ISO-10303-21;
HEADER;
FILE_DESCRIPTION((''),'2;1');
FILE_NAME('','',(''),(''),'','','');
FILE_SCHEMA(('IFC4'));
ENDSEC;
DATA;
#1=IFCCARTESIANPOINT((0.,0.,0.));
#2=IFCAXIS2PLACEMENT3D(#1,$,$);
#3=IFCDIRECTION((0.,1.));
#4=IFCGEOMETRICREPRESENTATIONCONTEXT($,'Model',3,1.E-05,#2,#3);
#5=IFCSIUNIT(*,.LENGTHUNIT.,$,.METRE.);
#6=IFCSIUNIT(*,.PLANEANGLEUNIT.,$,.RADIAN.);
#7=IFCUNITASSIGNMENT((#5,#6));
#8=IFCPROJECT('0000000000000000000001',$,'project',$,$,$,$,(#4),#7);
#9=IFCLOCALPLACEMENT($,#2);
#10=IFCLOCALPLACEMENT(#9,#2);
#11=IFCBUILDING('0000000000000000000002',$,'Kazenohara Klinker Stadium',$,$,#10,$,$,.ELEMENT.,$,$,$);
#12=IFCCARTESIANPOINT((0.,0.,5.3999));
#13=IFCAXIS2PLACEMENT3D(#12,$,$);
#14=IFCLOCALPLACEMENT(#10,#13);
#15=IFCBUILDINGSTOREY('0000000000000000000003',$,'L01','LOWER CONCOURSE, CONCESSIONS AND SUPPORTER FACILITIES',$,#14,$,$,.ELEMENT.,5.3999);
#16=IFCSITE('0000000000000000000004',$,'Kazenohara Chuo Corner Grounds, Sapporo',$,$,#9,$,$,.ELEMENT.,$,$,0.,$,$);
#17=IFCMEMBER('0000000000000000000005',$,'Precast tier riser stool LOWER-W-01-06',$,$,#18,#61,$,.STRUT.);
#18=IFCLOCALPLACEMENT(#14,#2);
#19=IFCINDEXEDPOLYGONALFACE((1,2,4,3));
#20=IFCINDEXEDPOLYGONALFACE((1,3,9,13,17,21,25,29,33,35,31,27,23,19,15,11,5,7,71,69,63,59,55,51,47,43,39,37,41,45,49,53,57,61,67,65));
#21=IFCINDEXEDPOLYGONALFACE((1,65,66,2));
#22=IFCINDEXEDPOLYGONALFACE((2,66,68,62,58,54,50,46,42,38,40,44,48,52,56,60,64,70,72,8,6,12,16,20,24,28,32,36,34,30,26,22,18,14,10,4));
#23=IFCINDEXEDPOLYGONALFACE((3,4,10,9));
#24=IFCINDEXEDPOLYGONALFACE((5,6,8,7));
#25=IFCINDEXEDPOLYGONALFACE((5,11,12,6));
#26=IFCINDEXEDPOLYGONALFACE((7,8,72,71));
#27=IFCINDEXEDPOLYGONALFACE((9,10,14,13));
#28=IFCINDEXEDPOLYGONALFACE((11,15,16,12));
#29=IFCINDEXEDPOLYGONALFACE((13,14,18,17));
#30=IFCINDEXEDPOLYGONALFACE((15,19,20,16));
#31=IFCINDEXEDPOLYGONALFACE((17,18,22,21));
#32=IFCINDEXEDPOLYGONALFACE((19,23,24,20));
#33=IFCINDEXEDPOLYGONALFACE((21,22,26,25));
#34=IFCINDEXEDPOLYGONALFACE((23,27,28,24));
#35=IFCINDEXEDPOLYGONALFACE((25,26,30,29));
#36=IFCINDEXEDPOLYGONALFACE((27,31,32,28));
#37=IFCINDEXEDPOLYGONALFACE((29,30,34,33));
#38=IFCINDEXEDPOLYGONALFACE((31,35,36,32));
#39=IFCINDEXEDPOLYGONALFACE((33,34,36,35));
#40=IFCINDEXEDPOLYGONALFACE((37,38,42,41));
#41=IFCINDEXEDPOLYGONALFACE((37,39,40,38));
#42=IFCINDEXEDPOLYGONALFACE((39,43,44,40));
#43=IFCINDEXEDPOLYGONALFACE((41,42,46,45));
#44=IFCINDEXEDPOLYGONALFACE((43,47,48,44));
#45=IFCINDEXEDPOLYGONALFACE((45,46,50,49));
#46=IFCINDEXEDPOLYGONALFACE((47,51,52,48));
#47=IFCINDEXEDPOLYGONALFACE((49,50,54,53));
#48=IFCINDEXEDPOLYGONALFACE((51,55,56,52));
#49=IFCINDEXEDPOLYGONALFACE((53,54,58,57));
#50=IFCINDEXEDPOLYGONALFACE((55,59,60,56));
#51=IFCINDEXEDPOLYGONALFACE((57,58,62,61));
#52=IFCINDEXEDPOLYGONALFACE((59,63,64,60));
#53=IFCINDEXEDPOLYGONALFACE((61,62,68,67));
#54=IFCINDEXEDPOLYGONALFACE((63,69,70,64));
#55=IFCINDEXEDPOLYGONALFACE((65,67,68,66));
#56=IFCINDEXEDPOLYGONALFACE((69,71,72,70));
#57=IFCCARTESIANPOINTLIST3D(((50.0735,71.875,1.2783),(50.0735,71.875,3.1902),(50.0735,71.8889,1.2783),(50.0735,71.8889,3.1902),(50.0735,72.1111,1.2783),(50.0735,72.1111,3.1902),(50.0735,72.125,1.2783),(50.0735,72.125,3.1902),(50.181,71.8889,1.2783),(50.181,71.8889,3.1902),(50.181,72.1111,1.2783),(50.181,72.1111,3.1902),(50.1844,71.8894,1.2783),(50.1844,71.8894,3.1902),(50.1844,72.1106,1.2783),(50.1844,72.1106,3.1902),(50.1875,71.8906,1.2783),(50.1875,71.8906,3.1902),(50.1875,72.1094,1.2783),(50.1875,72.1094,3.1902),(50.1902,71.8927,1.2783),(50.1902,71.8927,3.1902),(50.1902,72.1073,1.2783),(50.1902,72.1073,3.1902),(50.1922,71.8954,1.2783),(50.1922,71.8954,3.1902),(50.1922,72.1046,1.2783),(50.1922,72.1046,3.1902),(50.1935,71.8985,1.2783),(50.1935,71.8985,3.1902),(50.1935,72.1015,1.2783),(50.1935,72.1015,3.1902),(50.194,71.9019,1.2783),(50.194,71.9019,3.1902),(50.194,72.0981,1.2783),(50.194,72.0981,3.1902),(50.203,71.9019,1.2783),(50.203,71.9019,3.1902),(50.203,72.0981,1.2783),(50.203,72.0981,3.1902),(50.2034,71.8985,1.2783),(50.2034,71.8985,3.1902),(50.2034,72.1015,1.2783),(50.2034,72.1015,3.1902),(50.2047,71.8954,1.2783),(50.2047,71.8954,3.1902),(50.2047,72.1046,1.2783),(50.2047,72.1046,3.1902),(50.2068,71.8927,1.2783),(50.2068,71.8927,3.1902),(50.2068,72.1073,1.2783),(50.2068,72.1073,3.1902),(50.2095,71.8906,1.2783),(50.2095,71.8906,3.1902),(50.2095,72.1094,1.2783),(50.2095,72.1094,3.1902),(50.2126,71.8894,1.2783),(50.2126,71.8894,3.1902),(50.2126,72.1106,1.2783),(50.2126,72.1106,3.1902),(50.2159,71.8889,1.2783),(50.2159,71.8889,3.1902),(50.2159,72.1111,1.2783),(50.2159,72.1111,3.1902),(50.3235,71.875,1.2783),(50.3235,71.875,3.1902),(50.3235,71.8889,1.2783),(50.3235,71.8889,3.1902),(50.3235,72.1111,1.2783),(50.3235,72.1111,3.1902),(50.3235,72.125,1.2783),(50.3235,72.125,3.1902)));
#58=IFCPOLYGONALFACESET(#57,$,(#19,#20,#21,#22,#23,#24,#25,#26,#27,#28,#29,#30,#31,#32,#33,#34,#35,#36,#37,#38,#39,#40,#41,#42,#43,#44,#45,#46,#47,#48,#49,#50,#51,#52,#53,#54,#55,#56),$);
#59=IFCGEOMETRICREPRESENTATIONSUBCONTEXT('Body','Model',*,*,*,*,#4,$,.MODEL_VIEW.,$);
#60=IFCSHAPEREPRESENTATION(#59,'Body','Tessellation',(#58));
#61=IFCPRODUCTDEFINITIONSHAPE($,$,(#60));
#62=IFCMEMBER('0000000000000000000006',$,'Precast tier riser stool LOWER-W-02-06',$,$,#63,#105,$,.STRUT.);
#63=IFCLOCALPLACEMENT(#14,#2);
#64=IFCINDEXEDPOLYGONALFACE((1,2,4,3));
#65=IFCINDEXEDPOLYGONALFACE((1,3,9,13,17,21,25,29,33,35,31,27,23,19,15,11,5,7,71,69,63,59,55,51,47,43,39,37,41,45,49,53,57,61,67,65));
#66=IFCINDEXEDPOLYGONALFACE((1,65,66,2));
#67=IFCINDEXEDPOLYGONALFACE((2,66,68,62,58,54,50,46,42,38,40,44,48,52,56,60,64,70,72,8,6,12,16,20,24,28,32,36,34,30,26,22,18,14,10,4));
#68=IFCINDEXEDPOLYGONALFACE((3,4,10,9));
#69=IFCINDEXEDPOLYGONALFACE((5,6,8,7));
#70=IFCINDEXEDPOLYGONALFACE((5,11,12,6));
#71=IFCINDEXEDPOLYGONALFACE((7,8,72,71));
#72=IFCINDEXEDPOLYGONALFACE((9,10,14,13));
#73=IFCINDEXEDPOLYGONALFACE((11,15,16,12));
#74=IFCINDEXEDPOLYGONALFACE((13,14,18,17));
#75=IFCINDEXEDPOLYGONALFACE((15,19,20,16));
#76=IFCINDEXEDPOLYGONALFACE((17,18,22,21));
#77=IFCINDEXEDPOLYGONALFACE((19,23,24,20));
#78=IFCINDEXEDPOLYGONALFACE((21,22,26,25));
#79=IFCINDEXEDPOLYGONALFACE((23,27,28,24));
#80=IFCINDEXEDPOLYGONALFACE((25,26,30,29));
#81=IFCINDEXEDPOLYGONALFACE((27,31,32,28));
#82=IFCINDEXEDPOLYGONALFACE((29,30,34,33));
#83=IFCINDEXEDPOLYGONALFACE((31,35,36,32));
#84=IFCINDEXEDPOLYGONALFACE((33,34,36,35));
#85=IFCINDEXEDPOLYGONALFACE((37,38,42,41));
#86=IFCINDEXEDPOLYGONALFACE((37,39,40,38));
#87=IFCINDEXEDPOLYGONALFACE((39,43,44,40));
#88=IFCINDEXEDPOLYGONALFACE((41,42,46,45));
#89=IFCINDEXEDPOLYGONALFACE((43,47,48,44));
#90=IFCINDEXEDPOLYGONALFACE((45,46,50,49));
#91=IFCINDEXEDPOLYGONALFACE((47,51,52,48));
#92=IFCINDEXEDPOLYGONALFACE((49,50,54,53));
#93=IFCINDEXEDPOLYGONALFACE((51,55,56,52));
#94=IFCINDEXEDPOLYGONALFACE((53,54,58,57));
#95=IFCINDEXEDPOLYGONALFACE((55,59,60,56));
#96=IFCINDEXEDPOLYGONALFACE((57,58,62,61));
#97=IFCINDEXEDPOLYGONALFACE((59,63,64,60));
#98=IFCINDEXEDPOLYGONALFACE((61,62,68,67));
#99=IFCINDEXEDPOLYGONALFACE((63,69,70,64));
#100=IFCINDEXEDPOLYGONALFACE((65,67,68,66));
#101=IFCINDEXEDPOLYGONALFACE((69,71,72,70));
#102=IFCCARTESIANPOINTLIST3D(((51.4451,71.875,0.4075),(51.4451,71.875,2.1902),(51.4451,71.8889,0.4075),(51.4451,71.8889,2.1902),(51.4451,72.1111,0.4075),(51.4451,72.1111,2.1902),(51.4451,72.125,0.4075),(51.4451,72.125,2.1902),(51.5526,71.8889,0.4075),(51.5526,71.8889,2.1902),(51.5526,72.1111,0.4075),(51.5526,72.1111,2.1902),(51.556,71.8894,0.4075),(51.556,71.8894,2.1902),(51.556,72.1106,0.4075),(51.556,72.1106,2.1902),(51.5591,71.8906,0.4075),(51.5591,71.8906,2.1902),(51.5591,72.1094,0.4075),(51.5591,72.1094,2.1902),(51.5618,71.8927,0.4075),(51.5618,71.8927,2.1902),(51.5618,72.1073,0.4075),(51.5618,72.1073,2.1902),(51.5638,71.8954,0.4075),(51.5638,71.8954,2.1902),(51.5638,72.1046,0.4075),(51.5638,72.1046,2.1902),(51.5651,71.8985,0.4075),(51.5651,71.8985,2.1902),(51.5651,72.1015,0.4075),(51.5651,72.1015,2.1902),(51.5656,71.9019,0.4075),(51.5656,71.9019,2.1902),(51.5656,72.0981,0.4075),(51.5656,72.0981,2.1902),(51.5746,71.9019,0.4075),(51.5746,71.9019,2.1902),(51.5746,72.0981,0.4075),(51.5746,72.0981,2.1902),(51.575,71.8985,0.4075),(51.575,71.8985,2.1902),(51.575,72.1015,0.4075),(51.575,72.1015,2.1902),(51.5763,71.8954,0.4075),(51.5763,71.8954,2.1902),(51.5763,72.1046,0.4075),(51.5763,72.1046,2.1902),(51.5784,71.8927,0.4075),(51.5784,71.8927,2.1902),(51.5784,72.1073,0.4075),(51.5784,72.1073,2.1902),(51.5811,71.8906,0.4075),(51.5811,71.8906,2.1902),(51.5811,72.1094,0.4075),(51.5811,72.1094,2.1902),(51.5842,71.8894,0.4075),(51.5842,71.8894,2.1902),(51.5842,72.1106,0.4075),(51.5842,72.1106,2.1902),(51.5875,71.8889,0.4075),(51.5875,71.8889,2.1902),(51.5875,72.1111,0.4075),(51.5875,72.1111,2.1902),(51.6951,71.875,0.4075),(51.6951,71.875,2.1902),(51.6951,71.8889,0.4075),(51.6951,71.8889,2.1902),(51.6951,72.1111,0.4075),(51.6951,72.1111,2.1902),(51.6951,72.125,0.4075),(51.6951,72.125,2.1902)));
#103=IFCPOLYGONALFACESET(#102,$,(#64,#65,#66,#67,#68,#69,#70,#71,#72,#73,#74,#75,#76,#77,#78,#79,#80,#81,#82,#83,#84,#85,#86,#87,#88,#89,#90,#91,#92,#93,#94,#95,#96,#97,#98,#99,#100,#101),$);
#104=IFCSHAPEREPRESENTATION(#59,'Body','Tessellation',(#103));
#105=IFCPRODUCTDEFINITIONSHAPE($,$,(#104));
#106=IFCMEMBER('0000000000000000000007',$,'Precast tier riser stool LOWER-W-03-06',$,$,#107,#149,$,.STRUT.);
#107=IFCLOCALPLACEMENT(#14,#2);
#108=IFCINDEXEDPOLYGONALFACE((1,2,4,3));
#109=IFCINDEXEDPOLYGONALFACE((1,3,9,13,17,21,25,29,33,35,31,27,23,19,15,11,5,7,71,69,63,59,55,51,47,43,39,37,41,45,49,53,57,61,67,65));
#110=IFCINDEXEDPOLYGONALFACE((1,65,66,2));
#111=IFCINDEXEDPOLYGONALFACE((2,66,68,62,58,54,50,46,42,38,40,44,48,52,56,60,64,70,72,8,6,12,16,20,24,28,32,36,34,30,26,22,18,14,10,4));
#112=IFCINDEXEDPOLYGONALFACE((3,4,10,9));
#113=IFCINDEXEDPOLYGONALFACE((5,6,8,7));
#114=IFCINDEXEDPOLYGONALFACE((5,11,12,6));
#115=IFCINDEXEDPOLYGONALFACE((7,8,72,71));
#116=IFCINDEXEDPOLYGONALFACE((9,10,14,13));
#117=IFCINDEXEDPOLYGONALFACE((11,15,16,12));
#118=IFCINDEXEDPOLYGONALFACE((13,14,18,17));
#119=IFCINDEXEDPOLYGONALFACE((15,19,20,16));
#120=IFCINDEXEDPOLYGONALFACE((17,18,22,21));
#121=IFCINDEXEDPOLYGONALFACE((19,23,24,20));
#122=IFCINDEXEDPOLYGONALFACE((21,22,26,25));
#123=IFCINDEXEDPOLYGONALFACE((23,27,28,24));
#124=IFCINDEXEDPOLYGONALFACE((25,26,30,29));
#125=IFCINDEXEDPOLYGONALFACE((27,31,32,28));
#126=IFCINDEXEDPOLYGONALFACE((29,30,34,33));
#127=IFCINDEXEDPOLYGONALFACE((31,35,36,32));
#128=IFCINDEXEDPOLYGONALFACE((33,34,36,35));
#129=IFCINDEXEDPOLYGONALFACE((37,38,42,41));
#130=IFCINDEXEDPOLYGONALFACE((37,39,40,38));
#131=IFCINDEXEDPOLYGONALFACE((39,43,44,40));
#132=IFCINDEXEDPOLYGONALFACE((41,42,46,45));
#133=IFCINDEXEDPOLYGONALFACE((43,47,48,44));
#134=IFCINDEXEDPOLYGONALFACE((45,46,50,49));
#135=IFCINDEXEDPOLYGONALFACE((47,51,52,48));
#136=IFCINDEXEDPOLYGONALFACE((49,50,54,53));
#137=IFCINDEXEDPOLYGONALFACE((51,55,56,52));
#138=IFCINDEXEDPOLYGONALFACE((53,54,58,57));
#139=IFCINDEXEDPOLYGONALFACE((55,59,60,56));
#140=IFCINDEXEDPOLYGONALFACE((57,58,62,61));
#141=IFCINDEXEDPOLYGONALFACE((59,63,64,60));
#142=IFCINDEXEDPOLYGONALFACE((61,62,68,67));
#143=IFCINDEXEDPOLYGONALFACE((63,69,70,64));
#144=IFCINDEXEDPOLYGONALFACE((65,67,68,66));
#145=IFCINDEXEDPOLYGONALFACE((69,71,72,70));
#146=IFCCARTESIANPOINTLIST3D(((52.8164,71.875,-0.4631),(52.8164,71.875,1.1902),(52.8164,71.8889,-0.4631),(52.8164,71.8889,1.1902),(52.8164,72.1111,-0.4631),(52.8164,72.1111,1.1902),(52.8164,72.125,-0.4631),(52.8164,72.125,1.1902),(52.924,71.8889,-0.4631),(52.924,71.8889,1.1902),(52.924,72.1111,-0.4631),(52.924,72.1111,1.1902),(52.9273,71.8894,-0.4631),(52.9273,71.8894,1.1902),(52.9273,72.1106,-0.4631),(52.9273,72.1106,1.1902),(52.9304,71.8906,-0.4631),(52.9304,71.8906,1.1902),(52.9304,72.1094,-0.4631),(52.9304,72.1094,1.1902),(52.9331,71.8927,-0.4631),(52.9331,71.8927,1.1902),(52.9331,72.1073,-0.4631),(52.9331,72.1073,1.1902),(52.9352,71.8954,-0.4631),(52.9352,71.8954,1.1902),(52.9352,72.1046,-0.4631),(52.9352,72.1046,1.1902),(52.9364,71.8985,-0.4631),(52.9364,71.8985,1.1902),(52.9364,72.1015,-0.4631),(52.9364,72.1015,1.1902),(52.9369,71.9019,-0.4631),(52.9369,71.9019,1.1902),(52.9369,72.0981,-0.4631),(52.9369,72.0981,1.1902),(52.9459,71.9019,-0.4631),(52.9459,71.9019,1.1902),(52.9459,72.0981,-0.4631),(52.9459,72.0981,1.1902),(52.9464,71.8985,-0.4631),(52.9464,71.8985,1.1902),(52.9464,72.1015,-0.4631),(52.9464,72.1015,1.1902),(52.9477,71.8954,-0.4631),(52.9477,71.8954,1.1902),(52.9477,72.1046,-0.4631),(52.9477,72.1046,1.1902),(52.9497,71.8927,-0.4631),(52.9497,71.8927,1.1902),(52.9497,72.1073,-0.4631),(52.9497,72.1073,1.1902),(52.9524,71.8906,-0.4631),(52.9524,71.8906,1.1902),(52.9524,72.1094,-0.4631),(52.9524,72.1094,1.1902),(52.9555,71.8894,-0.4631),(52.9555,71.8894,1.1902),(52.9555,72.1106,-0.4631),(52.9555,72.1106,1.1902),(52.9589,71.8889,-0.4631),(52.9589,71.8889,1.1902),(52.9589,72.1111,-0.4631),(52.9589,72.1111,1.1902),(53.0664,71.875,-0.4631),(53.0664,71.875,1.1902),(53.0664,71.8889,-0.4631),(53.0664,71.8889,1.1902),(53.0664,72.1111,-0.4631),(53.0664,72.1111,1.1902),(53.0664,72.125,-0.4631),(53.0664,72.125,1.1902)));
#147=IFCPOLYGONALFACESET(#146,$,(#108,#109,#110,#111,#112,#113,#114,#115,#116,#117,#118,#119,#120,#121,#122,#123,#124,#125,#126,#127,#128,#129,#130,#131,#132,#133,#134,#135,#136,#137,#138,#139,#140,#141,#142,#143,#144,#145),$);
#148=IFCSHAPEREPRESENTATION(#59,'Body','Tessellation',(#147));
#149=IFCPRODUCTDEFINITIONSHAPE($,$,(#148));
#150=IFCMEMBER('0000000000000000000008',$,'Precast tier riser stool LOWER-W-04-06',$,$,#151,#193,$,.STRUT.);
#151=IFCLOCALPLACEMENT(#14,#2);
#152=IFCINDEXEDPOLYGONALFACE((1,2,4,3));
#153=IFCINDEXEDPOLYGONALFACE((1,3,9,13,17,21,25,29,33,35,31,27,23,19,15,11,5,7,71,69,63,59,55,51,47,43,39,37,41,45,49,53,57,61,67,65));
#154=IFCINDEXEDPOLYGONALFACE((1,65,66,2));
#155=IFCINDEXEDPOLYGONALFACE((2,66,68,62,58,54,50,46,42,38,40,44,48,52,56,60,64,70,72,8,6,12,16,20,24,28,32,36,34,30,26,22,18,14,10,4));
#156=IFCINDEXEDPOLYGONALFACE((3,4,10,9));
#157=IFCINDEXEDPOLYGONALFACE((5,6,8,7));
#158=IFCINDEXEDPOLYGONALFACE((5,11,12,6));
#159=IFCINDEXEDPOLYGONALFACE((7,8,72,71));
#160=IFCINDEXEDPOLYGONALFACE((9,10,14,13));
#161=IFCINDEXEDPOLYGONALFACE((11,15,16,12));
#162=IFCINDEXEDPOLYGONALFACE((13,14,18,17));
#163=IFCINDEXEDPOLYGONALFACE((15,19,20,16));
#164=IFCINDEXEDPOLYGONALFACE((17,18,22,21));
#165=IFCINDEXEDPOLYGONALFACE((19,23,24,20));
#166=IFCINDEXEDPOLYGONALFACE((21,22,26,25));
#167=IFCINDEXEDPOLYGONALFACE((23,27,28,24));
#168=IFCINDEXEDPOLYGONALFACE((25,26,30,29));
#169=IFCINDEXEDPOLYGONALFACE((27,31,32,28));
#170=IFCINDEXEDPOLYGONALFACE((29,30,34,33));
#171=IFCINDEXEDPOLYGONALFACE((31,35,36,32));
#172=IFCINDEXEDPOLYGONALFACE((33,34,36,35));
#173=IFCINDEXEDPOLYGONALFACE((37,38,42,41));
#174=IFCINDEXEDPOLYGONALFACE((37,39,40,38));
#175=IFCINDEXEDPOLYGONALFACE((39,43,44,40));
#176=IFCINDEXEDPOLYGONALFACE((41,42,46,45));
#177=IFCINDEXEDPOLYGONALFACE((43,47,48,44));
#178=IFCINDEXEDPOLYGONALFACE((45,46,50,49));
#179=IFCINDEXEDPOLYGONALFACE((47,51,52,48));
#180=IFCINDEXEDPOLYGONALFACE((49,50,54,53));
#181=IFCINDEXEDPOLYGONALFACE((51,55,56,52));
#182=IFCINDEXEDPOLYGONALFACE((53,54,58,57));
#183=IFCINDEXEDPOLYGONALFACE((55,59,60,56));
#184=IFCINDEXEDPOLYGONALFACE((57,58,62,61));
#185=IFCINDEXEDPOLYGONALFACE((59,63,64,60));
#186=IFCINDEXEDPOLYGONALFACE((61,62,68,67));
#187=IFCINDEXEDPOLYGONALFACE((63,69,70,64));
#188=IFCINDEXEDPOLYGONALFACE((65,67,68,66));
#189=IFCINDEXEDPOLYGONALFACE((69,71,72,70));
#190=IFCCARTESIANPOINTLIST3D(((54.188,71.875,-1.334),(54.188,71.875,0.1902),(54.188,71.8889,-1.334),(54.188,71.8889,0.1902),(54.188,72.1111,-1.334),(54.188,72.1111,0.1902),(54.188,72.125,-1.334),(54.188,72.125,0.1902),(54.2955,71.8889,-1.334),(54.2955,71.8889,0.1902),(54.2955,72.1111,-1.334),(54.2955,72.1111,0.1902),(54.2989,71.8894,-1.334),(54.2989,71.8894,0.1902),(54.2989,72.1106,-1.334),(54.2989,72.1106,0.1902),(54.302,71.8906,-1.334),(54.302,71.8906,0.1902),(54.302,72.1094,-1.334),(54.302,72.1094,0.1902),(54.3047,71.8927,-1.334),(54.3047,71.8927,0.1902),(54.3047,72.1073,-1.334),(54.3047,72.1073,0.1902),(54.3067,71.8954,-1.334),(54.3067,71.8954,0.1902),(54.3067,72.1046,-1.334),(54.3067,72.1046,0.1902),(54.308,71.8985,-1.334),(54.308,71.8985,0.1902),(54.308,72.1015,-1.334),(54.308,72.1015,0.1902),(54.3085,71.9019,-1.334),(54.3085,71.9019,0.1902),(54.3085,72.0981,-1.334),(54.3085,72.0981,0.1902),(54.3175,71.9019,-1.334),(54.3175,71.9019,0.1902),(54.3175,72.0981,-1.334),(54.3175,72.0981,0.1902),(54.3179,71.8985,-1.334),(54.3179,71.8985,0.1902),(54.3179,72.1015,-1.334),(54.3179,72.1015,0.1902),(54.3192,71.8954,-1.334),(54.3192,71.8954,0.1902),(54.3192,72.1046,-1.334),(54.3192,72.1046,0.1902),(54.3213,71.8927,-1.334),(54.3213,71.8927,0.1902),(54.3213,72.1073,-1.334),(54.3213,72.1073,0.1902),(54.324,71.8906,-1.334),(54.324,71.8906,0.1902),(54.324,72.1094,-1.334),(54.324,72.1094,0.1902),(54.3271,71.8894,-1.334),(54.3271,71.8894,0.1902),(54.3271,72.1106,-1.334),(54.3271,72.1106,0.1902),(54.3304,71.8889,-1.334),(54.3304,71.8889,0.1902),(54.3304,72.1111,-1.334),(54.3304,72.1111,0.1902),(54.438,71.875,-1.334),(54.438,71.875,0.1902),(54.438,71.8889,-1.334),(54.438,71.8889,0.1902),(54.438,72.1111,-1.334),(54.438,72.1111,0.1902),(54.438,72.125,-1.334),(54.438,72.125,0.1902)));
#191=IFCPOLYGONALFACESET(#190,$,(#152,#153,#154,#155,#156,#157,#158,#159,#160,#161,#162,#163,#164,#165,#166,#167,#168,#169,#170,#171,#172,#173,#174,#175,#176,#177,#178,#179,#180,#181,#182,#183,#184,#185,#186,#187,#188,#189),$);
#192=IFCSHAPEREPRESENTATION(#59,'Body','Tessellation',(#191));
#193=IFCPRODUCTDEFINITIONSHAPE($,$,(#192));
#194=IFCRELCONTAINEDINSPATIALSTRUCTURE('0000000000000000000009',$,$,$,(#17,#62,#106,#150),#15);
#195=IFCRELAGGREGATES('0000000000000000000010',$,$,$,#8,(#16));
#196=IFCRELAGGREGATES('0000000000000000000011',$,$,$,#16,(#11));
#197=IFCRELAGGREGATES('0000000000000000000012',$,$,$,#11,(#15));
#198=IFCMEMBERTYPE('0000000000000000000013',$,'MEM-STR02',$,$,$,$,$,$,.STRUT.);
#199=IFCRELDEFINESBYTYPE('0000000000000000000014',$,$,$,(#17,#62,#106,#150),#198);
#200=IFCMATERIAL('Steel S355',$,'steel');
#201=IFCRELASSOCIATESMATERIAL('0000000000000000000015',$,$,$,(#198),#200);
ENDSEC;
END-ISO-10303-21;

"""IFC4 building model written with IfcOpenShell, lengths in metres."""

from ifc_helpers import new_model, si_unit, direction, frame, origin, origin_2d, place, context, subcontext, project, spatial, i_section, extrude, material, material_profile, profile_set, type_object, element, save


model = new_model("IFC4")

# Units and contexts
model_context = context("Model", 3, precision=1e-05, world=origin(), true_north=direction((0.0, 1.0)))
body_context = subcontext(model_context, "Body", "Model", "MODEL_VIEW")
ifc_project = project(units=[si_unit("LENGTHUNIT", "METRE"), si_unit("PLANEANGLEUNIT", "RADIAN")], contexts=[model_context])

# Site, building, storey
site_placement = place(None, origin())
site = spatial("IfcSite", under=ifc_project, at=site_placement, Name="Kazenohara Chuo Corner Grounds, Sapporo", CompositionType="ELEMENT", RefElevation=0.0)
building_placement = place(site_placement, origin())
building = spatial("IfcBuilding", under=site, at=building_placement, Name="Kazenohara Klinker Stadium", CompositionType="ELEMENT")
storey_placement = place(building_placement, frame((0.0, 0.0, 5.3999)))
storey = spatial("IfcBuildingStorey", under=building, at=storey_placement, Name="L01", Description="LOWER CONCOURSE, CONCESSIONS AND SUPPORTER FACILITIES", CompositionType="ELEMENT", Elevation=5.3999)

# Shared definitions
ifc_material_1 = material(Name="Steel S355", Category="steel")

# Members
ifc_material_profile_1 = material_profile(ifc_material_1, i_section(OverallWidth=0.25, OverallDepth=0.25, WebThickness=0.009, FlangeThickness=0.0139, FilletRadius=0.0129, at=origin_2d()), Name="H-250x250x9x14")
ifc_profile_set_1 = profile_set([ifc_material_profile_1], Name="Steel S355")
member_type_1 = type_object("IfcMemberType", Name="MEM-STR02", PredefinedType="STRUT", material=ifc_profile_set_1)
member_1_placement = place(storey_placement, frame((50.1985, 72.0, 1.2783), z_axis=(0.0, 0.0, 1.0), x_axis=(1.0, 0.0, 0.0)))
element("IfcMember", 1, at=member_1_placement, inside=storey, type_object=member_type_1, Name="Precast tier riser stool LOWER-W-01-06", PredefinedType="STRUT", context=body_context, shape_type="SweptSolid", body=[
    extrude(i_section(OverallWidth=0.25, OverallDepth=0.25, WebThickness=0.009, FlangeThickness=0.0139, FilletRadius=0.0129, at=origin_2d()), origin(), (0.0, 0.0, 1.0), 1.9119),
])
member_2_placement = place(storey_placement, frame((51.5701, 72.0, 0.4075), z_axis=(0.0, 0.0, 1.0), x_axis=(1.0, 0.0, 0.0)))
element("IfcMember", 2, at=member_2_placement, inside=storey, type_object=member_type_1, Name="Precast tier riser stool LOWER-W-02-06", PredefinedType="STRUT", context=body_context, shape_type="SweptSolid", body=[
    extrude(i_section(OverallWidth=0.25, OverallDepth=0.25, WebThickness=0.009, FlangeThickness=0.0139, FilletRadius=0.0129, at=origin_2d()), origin(), (0.0, 0.0, 1.0), 1.7827),
])
member_3_placement = place(storey_placement, frame((52.9414, 72.0, -0.4631), z_axis=(0.0, 0.0, 1.0), x_axis=(1.0, 0.0, 0.0)))
element("IfcMember", 3, at=member_3_placement, inside=storey, type_object=member_type_1, Name="Precast tier riser stool LOWER-W-03-06", PredefinedType="STRUT", context=body_context, shape_type="SweptSolid", body=[
    extrude(i_section(OverallWidth=0.25, OverallDepth=0.25, WebThickness=0.009, FlangeThickness=0.0139, FilletRadius=0.0129, at=origin_2d()), origin(), (0.0, 0.0, 1.0), 1.6533),
])
member_4_placement = place(storey_placement, frame((54.313, 72.0, -1.334), z_axis=(0.0, 0.0, 1.0), x_axis=(1.0, 0.0, 0.0)))
element("IfcMember", 4, at=member_4_placement, inside=storey, type_object=member_type_1, Name="Precast tier riser stool LOWER-W-04-06", PredefinedType="STRUT", context=body_context, shape_type="SweptSolid", body=[
    extrude(i_section(OverallWidth=0.25, OverallDepth=0.25, WebThickness=0.009, FlangeThickness=0.0139, FilletRadius=0.0129, at=origin_2d()), origin(), (0.0, 0.0, 1.0), 1.5242),
])

save(model, "model.ifc")
